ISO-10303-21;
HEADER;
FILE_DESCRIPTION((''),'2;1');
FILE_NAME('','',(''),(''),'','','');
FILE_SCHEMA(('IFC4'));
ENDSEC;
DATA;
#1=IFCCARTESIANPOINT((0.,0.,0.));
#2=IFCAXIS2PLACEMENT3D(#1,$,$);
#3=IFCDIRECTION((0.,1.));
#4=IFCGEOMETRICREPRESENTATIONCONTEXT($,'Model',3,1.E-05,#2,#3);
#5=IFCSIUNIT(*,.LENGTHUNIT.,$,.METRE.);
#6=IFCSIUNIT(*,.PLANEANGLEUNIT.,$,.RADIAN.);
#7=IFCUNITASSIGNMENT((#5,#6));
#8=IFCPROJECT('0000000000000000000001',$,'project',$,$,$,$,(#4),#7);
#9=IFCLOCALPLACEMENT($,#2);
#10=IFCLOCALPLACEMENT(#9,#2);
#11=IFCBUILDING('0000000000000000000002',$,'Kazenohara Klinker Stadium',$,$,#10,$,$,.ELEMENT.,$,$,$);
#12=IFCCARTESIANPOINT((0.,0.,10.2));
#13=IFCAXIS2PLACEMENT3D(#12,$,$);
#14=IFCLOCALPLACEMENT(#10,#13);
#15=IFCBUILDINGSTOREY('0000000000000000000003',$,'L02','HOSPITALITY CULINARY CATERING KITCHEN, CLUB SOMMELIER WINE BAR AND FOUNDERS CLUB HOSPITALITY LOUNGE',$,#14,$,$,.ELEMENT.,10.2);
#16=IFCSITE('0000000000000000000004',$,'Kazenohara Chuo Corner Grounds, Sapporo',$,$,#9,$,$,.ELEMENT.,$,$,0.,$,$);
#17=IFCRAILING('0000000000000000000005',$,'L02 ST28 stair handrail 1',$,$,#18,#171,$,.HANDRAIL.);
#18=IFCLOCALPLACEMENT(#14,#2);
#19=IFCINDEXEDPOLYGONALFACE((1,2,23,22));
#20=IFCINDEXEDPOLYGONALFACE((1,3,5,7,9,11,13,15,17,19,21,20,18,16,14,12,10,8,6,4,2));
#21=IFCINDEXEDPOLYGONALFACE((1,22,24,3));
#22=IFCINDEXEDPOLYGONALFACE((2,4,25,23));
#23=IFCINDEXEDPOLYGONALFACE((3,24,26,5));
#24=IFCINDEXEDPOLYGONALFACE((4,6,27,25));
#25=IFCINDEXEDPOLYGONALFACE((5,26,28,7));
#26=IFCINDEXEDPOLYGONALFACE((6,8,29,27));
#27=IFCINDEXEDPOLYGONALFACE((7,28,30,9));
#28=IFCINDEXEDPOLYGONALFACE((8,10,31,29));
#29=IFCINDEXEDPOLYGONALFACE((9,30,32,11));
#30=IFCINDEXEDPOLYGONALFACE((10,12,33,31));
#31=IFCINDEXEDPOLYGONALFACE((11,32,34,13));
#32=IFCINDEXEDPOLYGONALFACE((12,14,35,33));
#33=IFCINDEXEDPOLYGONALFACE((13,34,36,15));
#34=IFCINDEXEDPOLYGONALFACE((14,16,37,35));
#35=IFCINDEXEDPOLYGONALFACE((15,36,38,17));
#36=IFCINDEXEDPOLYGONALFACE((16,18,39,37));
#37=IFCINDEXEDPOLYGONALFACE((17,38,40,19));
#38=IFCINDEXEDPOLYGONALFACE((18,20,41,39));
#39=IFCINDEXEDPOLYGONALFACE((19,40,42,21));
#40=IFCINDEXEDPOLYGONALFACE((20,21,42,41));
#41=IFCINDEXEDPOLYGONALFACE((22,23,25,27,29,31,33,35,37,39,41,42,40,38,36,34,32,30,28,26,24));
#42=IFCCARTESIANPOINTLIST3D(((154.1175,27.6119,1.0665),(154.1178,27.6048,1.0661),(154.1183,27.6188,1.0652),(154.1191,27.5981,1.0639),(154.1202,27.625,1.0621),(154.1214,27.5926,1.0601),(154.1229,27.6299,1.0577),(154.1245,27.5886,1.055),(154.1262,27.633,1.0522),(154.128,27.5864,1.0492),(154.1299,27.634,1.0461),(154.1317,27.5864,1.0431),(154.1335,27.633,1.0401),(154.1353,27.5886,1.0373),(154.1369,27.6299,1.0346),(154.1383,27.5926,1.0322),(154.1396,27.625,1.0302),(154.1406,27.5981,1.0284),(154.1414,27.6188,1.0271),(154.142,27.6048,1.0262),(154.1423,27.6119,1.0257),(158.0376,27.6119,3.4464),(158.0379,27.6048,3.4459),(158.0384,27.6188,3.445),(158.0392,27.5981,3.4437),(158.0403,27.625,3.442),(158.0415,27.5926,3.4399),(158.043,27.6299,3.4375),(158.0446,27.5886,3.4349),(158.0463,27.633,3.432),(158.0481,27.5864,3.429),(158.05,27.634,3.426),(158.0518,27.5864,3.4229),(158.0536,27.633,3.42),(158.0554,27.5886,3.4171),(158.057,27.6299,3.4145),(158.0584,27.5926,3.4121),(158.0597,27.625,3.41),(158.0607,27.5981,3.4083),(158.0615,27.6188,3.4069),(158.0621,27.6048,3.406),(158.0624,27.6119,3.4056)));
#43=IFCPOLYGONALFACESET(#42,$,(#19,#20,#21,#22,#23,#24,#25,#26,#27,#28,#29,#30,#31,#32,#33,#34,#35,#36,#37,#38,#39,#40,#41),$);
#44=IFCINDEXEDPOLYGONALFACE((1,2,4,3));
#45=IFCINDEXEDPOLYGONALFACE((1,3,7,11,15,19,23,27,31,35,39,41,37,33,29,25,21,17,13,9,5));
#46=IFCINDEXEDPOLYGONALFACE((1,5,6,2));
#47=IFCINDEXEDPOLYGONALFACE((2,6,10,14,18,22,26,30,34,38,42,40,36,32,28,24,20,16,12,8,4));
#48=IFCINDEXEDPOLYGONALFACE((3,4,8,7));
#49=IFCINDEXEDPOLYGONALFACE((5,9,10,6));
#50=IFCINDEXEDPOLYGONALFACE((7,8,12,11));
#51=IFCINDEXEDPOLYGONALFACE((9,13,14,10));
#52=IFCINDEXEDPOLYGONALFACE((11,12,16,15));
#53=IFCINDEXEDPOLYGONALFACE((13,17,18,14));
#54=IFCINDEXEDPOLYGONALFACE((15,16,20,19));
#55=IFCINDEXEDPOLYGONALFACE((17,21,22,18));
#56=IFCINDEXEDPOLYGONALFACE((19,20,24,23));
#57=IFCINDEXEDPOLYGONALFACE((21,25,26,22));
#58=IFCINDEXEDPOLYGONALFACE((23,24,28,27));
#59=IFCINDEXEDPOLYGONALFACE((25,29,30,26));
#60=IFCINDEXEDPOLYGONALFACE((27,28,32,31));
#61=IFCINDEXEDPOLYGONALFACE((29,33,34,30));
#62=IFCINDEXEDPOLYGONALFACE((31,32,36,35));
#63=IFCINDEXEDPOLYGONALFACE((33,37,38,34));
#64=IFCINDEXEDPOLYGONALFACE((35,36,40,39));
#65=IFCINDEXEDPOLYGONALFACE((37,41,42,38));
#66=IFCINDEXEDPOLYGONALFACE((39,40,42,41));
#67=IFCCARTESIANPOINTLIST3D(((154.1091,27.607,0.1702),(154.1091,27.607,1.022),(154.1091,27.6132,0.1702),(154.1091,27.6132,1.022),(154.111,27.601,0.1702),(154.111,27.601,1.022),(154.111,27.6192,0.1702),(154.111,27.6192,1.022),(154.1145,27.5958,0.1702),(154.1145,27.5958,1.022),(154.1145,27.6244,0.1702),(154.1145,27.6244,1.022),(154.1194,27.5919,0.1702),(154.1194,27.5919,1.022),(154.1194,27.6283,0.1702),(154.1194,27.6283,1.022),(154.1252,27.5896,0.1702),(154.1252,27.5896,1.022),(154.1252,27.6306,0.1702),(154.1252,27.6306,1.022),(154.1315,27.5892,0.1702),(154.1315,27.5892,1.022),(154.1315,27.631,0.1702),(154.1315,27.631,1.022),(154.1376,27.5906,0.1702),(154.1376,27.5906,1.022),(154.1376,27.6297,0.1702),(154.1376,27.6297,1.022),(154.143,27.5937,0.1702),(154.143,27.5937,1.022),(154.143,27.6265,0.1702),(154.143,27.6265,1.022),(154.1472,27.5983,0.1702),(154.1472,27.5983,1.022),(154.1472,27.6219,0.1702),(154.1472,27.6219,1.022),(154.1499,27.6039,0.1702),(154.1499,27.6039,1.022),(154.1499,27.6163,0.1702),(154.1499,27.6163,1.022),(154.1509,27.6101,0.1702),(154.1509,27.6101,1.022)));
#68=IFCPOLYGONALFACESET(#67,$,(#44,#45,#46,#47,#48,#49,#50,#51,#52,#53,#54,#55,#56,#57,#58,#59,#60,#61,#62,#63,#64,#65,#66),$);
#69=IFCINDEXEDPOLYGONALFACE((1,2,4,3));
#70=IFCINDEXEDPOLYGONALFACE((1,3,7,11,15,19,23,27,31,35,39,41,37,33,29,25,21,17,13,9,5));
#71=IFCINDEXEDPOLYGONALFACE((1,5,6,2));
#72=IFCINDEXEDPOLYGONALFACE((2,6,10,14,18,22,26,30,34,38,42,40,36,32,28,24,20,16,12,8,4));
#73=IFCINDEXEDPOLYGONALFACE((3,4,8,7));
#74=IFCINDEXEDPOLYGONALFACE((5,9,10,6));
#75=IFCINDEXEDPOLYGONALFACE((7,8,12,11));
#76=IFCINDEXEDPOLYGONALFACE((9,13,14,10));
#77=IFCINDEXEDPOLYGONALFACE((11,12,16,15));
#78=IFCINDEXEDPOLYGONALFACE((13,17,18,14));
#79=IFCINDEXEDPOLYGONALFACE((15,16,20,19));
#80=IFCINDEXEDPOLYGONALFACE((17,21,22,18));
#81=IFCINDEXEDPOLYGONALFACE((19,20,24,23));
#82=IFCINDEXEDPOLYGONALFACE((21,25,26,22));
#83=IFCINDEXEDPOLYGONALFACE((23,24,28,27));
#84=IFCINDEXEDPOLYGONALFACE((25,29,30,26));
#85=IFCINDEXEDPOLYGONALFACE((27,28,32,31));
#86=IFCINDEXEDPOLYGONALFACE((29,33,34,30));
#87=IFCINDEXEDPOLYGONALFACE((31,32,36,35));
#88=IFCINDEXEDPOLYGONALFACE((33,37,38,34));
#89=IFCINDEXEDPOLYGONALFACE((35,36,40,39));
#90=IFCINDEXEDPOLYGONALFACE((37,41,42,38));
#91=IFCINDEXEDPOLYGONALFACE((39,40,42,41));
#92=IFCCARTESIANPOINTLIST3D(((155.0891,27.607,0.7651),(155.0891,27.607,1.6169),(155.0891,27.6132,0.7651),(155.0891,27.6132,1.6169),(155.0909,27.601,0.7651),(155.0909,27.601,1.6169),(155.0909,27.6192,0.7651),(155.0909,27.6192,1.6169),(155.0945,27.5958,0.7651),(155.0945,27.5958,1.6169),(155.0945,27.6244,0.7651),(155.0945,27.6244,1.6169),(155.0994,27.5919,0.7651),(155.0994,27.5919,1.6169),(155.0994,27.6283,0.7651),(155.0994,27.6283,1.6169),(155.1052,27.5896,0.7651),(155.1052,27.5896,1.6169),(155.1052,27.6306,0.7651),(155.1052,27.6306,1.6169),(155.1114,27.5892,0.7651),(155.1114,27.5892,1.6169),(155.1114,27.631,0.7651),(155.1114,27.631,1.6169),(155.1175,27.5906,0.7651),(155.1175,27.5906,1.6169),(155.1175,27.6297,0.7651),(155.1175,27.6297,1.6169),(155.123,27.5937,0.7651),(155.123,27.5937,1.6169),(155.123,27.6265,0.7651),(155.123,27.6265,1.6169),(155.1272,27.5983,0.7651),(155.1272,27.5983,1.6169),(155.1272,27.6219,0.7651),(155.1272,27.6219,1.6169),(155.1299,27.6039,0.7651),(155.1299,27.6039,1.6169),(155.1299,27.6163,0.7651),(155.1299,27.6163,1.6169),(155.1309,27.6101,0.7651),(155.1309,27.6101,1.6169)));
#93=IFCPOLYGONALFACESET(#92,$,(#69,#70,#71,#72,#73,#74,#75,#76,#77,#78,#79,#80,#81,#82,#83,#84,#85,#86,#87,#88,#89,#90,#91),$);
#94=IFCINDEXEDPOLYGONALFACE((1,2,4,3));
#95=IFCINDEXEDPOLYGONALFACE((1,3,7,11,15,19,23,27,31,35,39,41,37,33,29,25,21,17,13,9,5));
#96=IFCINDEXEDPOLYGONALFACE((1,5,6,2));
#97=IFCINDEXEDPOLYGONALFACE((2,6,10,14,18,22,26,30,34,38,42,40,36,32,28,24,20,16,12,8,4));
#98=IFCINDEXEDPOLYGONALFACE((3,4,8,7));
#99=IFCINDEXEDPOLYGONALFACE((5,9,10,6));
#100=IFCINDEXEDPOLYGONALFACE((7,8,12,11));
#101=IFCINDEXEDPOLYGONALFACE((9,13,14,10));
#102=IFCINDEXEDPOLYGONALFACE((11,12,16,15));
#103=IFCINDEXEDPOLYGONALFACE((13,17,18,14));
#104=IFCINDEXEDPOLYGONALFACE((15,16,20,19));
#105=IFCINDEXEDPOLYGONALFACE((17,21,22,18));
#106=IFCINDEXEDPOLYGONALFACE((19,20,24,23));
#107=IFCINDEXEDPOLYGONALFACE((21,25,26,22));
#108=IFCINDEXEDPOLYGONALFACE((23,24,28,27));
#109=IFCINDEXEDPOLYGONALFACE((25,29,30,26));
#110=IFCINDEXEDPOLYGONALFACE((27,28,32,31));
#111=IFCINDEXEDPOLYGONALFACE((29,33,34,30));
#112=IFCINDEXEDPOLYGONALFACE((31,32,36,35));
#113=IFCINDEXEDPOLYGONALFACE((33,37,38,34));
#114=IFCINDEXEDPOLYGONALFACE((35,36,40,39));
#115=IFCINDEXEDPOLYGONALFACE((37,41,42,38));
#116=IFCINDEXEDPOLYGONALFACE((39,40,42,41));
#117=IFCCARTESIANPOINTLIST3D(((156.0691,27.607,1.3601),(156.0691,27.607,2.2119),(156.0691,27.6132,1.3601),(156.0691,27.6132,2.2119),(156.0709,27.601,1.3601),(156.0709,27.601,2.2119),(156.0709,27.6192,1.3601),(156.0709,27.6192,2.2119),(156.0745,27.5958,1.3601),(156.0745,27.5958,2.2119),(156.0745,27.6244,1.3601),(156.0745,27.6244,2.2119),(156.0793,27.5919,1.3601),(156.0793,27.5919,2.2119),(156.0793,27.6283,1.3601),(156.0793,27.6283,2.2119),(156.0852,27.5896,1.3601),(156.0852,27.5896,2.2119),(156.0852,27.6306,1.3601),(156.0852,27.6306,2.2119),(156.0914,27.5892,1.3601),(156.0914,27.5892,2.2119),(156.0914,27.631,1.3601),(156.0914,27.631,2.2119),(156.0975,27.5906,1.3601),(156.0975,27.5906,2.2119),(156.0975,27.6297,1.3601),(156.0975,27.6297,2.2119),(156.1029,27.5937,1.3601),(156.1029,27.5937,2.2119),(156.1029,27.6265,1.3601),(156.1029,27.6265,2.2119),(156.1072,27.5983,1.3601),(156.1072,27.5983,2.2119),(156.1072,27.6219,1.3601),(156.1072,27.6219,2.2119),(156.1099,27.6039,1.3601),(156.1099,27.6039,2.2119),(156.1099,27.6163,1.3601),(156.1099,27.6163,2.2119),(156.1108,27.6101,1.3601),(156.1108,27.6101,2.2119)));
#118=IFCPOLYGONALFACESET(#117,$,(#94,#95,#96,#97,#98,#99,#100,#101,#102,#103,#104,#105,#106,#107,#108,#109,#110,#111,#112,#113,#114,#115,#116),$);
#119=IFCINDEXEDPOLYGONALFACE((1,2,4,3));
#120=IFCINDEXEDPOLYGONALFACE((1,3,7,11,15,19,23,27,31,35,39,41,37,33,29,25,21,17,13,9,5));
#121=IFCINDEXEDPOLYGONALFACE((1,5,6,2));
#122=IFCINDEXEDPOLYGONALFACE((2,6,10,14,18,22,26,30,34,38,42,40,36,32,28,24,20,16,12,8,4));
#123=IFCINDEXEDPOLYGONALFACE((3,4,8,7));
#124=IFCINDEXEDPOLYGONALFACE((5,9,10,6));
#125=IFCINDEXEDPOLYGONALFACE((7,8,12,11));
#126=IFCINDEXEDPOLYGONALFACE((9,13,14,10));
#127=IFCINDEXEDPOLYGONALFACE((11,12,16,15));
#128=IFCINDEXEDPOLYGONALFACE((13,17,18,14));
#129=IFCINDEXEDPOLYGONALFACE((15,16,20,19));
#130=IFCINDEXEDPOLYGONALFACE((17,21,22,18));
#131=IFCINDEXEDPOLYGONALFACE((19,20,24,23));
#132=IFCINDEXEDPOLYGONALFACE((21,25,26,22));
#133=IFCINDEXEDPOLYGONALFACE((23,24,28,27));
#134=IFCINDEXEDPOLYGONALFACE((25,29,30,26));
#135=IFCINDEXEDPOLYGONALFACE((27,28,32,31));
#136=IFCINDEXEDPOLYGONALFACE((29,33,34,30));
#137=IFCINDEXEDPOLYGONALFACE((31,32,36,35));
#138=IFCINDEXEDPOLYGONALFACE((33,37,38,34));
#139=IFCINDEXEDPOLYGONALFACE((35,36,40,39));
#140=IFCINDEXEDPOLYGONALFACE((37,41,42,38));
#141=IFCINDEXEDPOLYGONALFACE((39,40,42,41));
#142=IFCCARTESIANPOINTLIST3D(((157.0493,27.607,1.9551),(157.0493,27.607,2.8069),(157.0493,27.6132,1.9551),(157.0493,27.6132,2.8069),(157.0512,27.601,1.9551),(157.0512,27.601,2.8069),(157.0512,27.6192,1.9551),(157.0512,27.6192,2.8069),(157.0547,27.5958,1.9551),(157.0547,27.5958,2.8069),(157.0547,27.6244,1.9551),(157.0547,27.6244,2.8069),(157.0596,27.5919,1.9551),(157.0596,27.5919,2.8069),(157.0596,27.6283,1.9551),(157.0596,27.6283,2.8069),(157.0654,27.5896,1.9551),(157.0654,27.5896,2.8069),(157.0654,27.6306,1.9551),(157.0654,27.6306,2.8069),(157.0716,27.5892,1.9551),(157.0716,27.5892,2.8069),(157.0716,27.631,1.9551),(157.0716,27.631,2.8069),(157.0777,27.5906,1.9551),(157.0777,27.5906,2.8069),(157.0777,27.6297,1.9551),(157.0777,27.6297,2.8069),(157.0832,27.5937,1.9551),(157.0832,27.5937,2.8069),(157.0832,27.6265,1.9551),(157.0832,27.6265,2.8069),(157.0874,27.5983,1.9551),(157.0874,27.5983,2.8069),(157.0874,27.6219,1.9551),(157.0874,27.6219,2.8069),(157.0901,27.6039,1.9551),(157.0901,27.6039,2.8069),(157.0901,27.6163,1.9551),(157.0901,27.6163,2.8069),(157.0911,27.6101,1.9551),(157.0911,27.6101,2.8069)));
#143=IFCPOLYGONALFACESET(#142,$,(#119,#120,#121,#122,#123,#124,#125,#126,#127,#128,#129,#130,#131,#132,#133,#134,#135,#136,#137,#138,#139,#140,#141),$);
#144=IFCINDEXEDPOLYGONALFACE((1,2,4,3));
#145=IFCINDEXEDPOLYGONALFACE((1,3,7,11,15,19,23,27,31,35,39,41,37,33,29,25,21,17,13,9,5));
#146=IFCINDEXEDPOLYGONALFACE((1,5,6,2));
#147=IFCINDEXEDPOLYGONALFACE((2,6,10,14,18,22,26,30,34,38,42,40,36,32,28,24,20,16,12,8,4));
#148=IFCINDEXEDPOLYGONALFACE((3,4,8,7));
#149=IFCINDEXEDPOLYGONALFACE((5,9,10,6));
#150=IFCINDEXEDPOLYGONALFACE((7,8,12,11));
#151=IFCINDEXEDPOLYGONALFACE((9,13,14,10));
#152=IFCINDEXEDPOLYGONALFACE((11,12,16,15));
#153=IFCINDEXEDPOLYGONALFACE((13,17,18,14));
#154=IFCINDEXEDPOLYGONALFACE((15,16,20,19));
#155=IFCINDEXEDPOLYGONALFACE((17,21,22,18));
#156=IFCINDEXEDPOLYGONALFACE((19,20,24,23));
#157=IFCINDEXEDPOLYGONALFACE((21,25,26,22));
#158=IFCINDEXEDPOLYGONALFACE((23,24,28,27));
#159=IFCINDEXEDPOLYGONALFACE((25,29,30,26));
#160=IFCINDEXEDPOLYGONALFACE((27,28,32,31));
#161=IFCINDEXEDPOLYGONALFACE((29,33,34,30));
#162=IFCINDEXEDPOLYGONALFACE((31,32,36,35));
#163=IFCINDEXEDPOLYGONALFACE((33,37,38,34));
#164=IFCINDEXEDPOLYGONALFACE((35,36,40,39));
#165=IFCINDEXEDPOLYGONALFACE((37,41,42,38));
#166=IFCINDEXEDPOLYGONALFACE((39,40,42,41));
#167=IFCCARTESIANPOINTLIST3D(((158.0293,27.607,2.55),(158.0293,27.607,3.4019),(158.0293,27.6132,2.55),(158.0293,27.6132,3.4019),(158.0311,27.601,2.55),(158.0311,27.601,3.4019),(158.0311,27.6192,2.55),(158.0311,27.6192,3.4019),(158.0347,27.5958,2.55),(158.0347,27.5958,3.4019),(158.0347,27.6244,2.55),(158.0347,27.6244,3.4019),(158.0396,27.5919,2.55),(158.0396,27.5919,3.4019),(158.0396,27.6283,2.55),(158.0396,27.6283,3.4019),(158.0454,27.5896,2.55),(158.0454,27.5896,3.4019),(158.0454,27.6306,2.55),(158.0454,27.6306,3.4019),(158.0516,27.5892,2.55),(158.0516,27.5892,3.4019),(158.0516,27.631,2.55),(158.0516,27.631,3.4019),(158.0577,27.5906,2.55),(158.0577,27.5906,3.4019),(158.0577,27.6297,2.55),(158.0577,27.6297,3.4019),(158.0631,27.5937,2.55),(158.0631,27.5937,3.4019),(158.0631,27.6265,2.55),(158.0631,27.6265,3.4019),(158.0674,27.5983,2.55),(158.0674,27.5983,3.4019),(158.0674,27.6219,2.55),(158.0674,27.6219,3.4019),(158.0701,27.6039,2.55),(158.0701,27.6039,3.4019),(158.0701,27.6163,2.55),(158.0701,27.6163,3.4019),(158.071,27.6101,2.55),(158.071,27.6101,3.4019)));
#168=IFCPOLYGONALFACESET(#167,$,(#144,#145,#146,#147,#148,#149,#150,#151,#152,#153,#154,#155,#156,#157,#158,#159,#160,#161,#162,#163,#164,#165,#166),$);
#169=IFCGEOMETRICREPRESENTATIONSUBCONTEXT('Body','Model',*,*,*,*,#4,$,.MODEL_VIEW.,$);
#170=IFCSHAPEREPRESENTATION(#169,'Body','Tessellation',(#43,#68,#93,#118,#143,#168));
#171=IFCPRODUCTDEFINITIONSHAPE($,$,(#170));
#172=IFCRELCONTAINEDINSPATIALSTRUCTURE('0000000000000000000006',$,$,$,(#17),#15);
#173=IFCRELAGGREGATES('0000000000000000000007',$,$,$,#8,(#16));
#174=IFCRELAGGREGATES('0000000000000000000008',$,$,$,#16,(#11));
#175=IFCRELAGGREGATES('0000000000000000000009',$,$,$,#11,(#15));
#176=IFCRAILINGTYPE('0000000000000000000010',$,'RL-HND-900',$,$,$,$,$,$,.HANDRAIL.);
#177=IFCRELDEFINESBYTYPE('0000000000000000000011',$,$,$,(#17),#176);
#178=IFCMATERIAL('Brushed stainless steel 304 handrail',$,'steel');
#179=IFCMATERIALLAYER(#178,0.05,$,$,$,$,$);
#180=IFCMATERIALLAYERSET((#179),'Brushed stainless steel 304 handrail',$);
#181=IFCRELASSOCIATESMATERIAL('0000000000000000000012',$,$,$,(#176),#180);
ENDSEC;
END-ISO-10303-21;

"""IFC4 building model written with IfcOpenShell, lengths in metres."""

from ifc_helpers import new_model, si_unit, direction, frame, origin, origin_2d, place, context, subcontext, project, spatial, circle, extrude, material, layer, layer_set, type_object, element, save


model = new_model("IFC4")

# Units and contexts
model_context = context("Model", 3, precision=1e-05, world=origin(), true_north=direction((0.0, 1.0)))
body_context = subcontext(model_context, "Body", "Model", "MODEL_VIEW")
ifc_project = project(units=[si_unit("LENGTHUNIT", "METRE"), si_unit("PLANEANGLEUNIT", "RADIAN")], contexts=[model_context])

# Site, building, storey
site_placement = place(None, origin())
site = spatial("IfcSite", under=ifc_project, at=site_placement, Name="Kazenohara Chuo Corner Grounds, Sapporo", CompositionType="ELEMENT", RefElevation=0.0)
building_placement = place(site_placement, origin())
building = spatial("IfcBuilding", under=site, at=building_placement, Name="Kazenohara Klinker Stadium", CompositionType="ELEMENT")
storey_placement = place(building_placement, frame((0.0, 0.0, 10.2)))
storey = spatial("IfcBuildingStorey", under=building, at=storey_placement, Name="L02", Description="HOSPITALITY CULINARY CATERING KITCHEN, CLUB SOMMELIER WINE BAR AND FOUNDERS CLUB HOSPITALITY LOUNGE", CompositionType="ELEMENT", Elevation=10.2)

# Railing
ifc_material_1 = material(Name="Brushed stainless steel 304 handrail", Category="steel")
ifc_layer_1 = layer(ifc_material_1, 0.05)
ifc_layer_set_1 = layer_set([ifc_layer_1], Name="Brushed stainless steel 304 handrail")
railing_type_1 = type_object("IfcRailingType", Name="RL-HND-900", PredefinedType="HANDRAIL", material=ifc_layer_set_1)
railing_1_placement = place(storey_placement, frame((154.1299, 27.6101, 0.1702)))
element("IfcRailing", 1, at=railing_1_placement, inside=storey, type_object=railing_type_1, Name="L02 ST28 stair handrail 1", PredefinedType="HANDRAIL", context=body_context, shape_type="SweptSolid", body=[
    extrude(circle(Radius=0.0239, at=origin_2d()), frame((0.0, 0.0, 0.876), z_axis=(0.854809, 0.0, 0.518943), x_axis=(0.0, 1.0, 0.0)), (0.0, 0.0, 1.0), 4.5859),
    extrude(circle(Radius=0.021, at=origin_2d()), origin(), (0.0, 0.0, 1.0), 0.8518),
    extrude(circle(Radius=0.021, at=origin_2d()), frame((0.98, 0.0, 0.595)), (0.0, 0.0, 1.0), 0.8518),
    extrude(circle(Radius=0.021, at=origin_2d()), frame((1.96, 0.0, 1.1899)), (0.0, 0.0, 1.0), 0.8518),
    extrude(circle(Radius=0.021, at=origin_2d()), frame((2.9402, 0.0, 1.7849)), (0.0, 0.0, 1.0), 0.8518),
    extrude(circle(Radius=0.021, at=origin_2d()), frame((3.9202, 0.0, 2.3799)), (0.0, 0.0, 1.0), 0.8518),
])

save(model, "model.ifc")
